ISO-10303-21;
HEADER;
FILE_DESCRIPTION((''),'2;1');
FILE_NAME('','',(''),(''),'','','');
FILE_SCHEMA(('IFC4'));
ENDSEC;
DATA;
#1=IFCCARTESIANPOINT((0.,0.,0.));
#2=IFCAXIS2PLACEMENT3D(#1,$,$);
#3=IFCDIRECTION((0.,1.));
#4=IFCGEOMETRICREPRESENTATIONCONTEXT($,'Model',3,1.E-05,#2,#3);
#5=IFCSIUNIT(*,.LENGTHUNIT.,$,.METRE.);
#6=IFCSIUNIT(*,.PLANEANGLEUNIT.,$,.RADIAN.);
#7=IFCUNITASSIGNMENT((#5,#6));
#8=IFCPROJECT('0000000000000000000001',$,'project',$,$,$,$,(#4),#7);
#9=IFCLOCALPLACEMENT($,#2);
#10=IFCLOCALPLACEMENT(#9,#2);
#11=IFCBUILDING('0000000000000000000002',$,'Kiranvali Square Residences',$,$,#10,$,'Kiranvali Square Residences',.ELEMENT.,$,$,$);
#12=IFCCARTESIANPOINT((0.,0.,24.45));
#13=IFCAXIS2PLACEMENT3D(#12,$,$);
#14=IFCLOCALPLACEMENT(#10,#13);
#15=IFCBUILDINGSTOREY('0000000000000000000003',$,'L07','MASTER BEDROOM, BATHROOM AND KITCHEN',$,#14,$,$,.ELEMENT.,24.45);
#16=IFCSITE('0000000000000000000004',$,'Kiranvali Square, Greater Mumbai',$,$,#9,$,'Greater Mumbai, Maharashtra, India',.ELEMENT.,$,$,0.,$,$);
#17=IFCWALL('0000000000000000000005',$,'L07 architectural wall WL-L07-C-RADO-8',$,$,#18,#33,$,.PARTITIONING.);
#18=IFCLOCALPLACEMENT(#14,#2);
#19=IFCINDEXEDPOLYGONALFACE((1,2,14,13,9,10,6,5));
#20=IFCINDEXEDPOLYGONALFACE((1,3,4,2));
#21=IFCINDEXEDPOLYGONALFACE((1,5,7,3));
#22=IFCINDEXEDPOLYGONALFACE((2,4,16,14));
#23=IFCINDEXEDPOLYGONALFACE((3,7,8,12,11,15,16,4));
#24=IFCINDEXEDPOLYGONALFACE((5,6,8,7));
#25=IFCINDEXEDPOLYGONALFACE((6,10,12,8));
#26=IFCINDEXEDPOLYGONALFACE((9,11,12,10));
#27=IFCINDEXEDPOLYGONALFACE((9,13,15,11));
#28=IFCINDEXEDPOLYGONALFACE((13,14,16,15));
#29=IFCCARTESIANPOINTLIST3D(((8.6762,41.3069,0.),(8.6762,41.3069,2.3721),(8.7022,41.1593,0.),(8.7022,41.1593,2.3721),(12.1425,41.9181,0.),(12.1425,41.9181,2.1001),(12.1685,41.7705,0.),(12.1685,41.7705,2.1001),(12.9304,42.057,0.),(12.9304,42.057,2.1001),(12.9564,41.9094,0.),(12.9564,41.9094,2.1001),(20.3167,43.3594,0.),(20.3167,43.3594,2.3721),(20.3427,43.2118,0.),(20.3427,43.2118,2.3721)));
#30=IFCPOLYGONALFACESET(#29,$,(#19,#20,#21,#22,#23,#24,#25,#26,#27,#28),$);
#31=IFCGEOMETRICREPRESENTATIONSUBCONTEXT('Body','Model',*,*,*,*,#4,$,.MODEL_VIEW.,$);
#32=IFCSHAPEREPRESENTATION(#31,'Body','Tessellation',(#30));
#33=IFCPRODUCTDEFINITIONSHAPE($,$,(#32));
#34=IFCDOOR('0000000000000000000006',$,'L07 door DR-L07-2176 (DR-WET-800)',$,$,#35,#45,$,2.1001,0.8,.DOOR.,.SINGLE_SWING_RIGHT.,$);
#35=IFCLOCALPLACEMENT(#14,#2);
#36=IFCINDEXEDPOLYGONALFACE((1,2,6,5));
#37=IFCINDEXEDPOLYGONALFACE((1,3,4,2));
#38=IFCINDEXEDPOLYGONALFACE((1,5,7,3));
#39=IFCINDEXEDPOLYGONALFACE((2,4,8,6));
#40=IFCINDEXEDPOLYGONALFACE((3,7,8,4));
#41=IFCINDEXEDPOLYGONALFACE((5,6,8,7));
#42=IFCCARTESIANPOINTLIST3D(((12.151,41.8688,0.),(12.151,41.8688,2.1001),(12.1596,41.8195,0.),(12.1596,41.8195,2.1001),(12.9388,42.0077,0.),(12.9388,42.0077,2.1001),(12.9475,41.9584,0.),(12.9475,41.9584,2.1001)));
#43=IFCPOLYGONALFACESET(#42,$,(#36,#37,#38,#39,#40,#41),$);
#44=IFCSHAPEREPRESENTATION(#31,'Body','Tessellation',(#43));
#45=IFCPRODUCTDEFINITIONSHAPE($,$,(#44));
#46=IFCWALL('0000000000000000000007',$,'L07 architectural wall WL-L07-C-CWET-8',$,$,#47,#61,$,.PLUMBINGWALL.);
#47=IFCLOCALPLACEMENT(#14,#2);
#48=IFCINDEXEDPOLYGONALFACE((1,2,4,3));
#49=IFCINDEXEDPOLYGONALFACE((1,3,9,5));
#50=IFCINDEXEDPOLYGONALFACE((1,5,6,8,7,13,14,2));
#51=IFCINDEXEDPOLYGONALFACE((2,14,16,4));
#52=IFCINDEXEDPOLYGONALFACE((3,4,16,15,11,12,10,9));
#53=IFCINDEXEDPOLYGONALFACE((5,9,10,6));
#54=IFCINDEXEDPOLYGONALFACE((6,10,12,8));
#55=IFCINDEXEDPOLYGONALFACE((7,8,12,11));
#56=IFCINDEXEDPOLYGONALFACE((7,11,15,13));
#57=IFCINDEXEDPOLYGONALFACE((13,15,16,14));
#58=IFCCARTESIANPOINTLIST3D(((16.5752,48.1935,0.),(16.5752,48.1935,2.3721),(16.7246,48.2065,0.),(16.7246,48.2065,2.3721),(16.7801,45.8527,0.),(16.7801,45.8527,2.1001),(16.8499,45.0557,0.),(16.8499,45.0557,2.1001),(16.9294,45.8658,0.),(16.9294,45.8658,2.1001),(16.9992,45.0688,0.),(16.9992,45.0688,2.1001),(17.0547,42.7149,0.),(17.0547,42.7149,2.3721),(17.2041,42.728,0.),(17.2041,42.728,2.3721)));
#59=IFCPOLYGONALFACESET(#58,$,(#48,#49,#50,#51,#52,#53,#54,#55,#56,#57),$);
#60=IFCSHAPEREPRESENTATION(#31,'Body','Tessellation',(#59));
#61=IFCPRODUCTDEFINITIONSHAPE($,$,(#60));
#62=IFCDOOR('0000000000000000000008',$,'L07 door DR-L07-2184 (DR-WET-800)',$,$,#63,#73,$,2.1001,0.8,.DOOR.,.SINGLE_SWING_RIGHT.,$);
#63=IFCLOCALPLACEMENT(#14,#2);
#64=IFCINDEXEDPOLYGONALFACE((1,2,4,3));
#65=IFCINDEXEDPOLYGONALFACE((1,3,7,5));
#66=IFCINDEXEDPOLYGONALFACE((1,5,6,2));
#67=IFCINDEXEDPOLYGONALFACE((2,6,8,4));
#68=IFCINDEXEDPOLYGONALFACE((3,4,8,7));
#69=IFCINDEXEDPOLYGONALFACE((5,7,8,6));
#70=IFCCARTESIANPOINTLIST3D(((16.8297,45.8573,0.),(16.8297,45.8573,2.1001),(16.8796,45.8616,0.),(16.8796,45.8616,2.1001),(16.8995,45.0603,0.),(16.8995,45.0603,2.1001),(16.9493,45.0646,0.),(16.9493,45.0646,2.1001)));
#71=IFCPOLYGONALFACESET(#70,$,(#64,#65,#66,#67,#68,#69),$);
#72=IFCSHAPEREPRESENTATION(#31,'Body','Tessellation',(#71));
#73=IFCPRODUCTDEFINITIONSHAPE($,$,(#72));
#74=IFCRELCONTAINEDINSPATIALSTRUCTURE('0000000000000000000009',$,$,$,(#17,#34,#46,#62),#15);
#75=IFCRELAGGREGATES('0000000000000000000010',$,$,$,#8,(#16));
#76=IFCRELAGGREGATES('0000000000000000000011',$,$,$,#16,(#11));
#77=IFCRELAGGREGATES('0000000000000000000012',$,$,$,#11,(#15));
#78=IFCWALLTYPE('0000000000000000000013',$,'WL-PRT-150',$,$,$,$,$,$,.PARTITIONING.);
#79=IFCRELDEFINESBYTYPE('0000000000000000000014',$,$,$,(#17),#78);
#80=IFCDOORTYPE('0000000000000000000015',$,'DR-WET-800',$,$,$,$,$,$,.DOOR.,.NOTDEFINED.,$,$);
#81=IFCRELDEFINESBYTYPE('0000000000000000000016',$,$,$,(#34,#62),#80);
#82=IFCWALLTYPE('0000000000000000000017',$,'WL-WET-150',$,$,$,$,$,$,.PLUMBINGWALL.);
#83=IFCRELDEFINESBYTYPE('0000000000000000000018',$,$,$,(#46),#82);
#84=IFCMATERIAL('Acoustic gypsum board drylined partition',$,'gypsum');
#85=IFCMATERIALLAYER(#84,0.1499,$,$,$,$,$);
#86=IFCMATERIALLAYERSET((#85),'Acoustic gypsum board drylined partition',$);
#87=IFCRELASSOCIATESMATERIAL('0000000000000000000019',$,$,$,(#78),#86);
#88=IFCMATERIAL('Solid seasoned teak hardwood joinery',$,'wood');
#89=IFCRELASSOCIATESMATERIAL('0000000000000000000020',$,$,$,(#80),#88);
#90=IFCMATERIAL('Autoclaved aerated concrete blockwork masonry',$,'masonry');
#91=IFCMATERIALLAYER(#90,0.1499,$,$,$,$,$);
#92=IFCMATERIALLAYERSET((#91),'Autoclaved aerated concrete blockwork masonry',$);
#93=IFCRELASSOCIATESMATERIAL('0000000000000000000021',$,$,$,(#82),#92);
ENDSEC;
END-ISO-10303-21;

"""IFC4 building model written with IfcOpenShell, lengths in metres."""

from ifc_helpers import new_model, si_unit, direction, frame, frame_2d, origin, place, context, subcontext, project, spatial, rectangle, extrude, material, layer, layer_set, type_object, element, fill, save


model = new_model("IFC4")

# Units and contexts
model_context = context("Model", 3, precision=1e-05, world=origin(), true_north=direction((0.0, 1.0)))
body_context = subcontext(model_context, "Body", "Model", "MODEL_VIEW")
ifc_project = project(units=[si_unit("LENGTHUNIT", "METRE"), si_unit("PLANEANGLEUNIT", "RADIAN")], contexts=[model_context])

# Site, building, storey
site_placement = place(None, origin())
site = spatial("IfcSite", under=ifc_project, at=site_placement, Name="Kiranvali Square, Greater Mumbai", LongName="Greater Mumbai, Maharashtra, India", CompositionType="ELEMENT", RefElevation=0.0)
building_placement = place(site_placement, origin())
building = spatial("IfcBuilding", under=site, at=building_placement, Name="Kiranvali Square Residences", LongName="Kiranvali Square Residences", CompositionType="ELEMENT")
storey_placement = place(building_placement, frame((0.0, 0.0, 24.45)))
storey = spatial("IfcBuildingStorey", under=building, at=storey_placement, Name="L07", Description="MASTER BEDROOM, BATHROOM AND KITCHEN", CompositionType="ELEMENT", Elevation=24.45)

# Shared definitions
ifc_material_1 = material(Name="Autoclaved aerated concrete blockwork masonry", Category="masonry")

# Walls, openings, doors
ifc_material_2 = material(Name="Acoustic gypsum board drylined partition", Category="gypsum")
ifc_layer_1 = layer(ifc_material_2, 0.1499)
ifc_layer_set_1 = layer_set([ifc_layer_1], Name="Acoustic gypsum board drylined partition")
wall_type_1 = type_object("IfcWallType", Name="WL-PRT-150", PredefinedType="PARTITIONING", material=ifc_layer_set_1)
wall_1_placement = place(storey_placement, frame((20.3298, 43.2856, 0.0), z_axis=(0.0, 0.0, 1.0), x_axis=(-0.984808, -0.173646, 0.0)))
wall_1 = element("IfcWall", 1, at=wall_1_placement, inside=storey, type_object=wall_type_1, Name="L07 architectural wall WL-L07-C-RADO-8", PredefinedType="PARTITIONING", context=body_context, shape_type="SweptSolid", body=[
    extrude(rectangle(XDim=11.8201, YDim=0.1499, at=frame_2d((5.9102, 0.0))), origin(), (0.0, 0.0, 1.0), 2.3721),
])
opening_1_placement = place(wall_1_placement, frame((7.5005, 0.0, 0.0)))
opening_1 = element("IfcOpeningElement", 2, at=opening_1_placement, cuts=wall_1, PredefinedType="OPENING", context=body_context, shape_type="SweptSolid", body=[
    extrude(rectangle(XDim=0.8, YDim=2.1001, at=frame_2d((0.3999, 1.05))), frame((0.0, 0.085, 0.0), z_axis=(0.0, -1.0, 0.0), x_axis=(1.0, 0.0, 0.0)), (0.0, 0.0, 1.0), 0.1699),
])
ifc_material_3 = material(Name="Solid seasoned teak hardwood joinery", Category="wood")
door_type_1 = type_object("IfcDoorType", Name="DR-WET-800", OperationType="NOTDEFINED", PredefinedType="DOOR", material=ifc_material_3)
door_1_placement = place(opening_1_placement, frame((0.8, 0.0, 0.0), z_axis=(0.0, 0.0, 1.0), x_axis=(-1.0, 0.0, 0.0)))
door_1 = element("IfcDoor", 3, at=door_1_placement, inside=storey, type_object=door_type_1, Name="L07 door DR-L07-2176 (DR-WET-800)", OperationType="SINGLE_SWING_RIGHT", OverallHeight=2.1001, OverallWidth=0.8, PredefinedType="DOOR", context=body_context, shape_type="SweptSolid", body=[
    extrude(rectangle(XDim=0.8, YDim=2.1001, at=frame_2d((0.3999, 1.05))), frame((0.0, 0.0249, 0.0), z_axis=(0.0, -1.0, 0.0), x_axis=(1.0, 0.0, 0.0)), (0.0, 0.0, 1.0), 0.05),
])
fill(opening_1, door_1)
ifc_layer_2 = layer(ifc_material_1, 0.1499)
ifc_layer_set_2 = layer_set([ifc_layer_2], Name="Autoclaved aerated concrete blockwork masonry")
wall_type_2 = type_object("IfcWallType", Name="WL-WET-150", PredefinedType="PLUMBINGWALL", material=ifc_layer_set_2)
wall_2_placement = place(storey_placement, frame((17.1294, 42.7214, 0.0), z_axis=(0.0, 0.0, 1.0), x_axis=(-0.087189, 0.996192, 0.0)))
wall_2 = element("IfcWall", 4, at=wall_2_placement, inside=storey, type_object=wall_type_2, Name="L07 architectural wall WL-L07-C-CWET-8", PredefinedType="PLUMBINGWALL", context=body_context, shape_type="SweptSolid", body=[
    extrude(rectangle(XDim=5.4995, YDim=0.1499, at=frame_2d((2.7498, 0.0))), origin(), (0.0, 0.0, 1.0), 2.3721),
])
opening_2_placement = place(wall_2_placement, frame((2.3499, 0.0, 0.0)))
opening_2 = element("IfcOpeningElement", 5, at=opening_2_placement, cuts=wall_2, PredefinedType="OPENING", context=body_context, shape_type="SweptSolid", body=[
    extrude(rectangle(XDim=0.8, YDim=2.1001, at=frame_2d((0.3999, 1.05))), frame((0.0, 0.085, 0.0), z_axis=(0.0, -1.0, 0.0), x_axis=(1.0, 0.0, 0.0)), (0.0, 0.0, 1.0), 0.1699),
])
door_2_placement = place(opening_2_placement, frame((0.8, 0.0, 0.0), z_axis=(0.0, 0.0, 1.0), x_axis=(-1.0, 0.0, 0.0)))
door_2 = element("IfcDoor", 6, at=door_2_placement, inside=storey, type_object=door_type_1, Name="L07 door DR-L07-2184 (DR-WET-800)", OperationType="SINGLE_SWING_RIGHT", OverallHeight=2.1001, OverallWidth=0.8, PredefinedType="DOOR", context=body_context, shape_type="SweptSolid", body=[
    extrude(rectangle(XDim=0.8, YDim=2.1001, at=frame_2d((0.3999, 1.05))), frame((0.0, 0.0249, 0.0), z_axis=(0.0, -1.0, 0.0), x_axis=(1.0, 0.0, 0.0)), (0.0, 0.0, 1.0), 0.05),
])
fill(opening_2, door_2)

save(model, "model.ifc")
